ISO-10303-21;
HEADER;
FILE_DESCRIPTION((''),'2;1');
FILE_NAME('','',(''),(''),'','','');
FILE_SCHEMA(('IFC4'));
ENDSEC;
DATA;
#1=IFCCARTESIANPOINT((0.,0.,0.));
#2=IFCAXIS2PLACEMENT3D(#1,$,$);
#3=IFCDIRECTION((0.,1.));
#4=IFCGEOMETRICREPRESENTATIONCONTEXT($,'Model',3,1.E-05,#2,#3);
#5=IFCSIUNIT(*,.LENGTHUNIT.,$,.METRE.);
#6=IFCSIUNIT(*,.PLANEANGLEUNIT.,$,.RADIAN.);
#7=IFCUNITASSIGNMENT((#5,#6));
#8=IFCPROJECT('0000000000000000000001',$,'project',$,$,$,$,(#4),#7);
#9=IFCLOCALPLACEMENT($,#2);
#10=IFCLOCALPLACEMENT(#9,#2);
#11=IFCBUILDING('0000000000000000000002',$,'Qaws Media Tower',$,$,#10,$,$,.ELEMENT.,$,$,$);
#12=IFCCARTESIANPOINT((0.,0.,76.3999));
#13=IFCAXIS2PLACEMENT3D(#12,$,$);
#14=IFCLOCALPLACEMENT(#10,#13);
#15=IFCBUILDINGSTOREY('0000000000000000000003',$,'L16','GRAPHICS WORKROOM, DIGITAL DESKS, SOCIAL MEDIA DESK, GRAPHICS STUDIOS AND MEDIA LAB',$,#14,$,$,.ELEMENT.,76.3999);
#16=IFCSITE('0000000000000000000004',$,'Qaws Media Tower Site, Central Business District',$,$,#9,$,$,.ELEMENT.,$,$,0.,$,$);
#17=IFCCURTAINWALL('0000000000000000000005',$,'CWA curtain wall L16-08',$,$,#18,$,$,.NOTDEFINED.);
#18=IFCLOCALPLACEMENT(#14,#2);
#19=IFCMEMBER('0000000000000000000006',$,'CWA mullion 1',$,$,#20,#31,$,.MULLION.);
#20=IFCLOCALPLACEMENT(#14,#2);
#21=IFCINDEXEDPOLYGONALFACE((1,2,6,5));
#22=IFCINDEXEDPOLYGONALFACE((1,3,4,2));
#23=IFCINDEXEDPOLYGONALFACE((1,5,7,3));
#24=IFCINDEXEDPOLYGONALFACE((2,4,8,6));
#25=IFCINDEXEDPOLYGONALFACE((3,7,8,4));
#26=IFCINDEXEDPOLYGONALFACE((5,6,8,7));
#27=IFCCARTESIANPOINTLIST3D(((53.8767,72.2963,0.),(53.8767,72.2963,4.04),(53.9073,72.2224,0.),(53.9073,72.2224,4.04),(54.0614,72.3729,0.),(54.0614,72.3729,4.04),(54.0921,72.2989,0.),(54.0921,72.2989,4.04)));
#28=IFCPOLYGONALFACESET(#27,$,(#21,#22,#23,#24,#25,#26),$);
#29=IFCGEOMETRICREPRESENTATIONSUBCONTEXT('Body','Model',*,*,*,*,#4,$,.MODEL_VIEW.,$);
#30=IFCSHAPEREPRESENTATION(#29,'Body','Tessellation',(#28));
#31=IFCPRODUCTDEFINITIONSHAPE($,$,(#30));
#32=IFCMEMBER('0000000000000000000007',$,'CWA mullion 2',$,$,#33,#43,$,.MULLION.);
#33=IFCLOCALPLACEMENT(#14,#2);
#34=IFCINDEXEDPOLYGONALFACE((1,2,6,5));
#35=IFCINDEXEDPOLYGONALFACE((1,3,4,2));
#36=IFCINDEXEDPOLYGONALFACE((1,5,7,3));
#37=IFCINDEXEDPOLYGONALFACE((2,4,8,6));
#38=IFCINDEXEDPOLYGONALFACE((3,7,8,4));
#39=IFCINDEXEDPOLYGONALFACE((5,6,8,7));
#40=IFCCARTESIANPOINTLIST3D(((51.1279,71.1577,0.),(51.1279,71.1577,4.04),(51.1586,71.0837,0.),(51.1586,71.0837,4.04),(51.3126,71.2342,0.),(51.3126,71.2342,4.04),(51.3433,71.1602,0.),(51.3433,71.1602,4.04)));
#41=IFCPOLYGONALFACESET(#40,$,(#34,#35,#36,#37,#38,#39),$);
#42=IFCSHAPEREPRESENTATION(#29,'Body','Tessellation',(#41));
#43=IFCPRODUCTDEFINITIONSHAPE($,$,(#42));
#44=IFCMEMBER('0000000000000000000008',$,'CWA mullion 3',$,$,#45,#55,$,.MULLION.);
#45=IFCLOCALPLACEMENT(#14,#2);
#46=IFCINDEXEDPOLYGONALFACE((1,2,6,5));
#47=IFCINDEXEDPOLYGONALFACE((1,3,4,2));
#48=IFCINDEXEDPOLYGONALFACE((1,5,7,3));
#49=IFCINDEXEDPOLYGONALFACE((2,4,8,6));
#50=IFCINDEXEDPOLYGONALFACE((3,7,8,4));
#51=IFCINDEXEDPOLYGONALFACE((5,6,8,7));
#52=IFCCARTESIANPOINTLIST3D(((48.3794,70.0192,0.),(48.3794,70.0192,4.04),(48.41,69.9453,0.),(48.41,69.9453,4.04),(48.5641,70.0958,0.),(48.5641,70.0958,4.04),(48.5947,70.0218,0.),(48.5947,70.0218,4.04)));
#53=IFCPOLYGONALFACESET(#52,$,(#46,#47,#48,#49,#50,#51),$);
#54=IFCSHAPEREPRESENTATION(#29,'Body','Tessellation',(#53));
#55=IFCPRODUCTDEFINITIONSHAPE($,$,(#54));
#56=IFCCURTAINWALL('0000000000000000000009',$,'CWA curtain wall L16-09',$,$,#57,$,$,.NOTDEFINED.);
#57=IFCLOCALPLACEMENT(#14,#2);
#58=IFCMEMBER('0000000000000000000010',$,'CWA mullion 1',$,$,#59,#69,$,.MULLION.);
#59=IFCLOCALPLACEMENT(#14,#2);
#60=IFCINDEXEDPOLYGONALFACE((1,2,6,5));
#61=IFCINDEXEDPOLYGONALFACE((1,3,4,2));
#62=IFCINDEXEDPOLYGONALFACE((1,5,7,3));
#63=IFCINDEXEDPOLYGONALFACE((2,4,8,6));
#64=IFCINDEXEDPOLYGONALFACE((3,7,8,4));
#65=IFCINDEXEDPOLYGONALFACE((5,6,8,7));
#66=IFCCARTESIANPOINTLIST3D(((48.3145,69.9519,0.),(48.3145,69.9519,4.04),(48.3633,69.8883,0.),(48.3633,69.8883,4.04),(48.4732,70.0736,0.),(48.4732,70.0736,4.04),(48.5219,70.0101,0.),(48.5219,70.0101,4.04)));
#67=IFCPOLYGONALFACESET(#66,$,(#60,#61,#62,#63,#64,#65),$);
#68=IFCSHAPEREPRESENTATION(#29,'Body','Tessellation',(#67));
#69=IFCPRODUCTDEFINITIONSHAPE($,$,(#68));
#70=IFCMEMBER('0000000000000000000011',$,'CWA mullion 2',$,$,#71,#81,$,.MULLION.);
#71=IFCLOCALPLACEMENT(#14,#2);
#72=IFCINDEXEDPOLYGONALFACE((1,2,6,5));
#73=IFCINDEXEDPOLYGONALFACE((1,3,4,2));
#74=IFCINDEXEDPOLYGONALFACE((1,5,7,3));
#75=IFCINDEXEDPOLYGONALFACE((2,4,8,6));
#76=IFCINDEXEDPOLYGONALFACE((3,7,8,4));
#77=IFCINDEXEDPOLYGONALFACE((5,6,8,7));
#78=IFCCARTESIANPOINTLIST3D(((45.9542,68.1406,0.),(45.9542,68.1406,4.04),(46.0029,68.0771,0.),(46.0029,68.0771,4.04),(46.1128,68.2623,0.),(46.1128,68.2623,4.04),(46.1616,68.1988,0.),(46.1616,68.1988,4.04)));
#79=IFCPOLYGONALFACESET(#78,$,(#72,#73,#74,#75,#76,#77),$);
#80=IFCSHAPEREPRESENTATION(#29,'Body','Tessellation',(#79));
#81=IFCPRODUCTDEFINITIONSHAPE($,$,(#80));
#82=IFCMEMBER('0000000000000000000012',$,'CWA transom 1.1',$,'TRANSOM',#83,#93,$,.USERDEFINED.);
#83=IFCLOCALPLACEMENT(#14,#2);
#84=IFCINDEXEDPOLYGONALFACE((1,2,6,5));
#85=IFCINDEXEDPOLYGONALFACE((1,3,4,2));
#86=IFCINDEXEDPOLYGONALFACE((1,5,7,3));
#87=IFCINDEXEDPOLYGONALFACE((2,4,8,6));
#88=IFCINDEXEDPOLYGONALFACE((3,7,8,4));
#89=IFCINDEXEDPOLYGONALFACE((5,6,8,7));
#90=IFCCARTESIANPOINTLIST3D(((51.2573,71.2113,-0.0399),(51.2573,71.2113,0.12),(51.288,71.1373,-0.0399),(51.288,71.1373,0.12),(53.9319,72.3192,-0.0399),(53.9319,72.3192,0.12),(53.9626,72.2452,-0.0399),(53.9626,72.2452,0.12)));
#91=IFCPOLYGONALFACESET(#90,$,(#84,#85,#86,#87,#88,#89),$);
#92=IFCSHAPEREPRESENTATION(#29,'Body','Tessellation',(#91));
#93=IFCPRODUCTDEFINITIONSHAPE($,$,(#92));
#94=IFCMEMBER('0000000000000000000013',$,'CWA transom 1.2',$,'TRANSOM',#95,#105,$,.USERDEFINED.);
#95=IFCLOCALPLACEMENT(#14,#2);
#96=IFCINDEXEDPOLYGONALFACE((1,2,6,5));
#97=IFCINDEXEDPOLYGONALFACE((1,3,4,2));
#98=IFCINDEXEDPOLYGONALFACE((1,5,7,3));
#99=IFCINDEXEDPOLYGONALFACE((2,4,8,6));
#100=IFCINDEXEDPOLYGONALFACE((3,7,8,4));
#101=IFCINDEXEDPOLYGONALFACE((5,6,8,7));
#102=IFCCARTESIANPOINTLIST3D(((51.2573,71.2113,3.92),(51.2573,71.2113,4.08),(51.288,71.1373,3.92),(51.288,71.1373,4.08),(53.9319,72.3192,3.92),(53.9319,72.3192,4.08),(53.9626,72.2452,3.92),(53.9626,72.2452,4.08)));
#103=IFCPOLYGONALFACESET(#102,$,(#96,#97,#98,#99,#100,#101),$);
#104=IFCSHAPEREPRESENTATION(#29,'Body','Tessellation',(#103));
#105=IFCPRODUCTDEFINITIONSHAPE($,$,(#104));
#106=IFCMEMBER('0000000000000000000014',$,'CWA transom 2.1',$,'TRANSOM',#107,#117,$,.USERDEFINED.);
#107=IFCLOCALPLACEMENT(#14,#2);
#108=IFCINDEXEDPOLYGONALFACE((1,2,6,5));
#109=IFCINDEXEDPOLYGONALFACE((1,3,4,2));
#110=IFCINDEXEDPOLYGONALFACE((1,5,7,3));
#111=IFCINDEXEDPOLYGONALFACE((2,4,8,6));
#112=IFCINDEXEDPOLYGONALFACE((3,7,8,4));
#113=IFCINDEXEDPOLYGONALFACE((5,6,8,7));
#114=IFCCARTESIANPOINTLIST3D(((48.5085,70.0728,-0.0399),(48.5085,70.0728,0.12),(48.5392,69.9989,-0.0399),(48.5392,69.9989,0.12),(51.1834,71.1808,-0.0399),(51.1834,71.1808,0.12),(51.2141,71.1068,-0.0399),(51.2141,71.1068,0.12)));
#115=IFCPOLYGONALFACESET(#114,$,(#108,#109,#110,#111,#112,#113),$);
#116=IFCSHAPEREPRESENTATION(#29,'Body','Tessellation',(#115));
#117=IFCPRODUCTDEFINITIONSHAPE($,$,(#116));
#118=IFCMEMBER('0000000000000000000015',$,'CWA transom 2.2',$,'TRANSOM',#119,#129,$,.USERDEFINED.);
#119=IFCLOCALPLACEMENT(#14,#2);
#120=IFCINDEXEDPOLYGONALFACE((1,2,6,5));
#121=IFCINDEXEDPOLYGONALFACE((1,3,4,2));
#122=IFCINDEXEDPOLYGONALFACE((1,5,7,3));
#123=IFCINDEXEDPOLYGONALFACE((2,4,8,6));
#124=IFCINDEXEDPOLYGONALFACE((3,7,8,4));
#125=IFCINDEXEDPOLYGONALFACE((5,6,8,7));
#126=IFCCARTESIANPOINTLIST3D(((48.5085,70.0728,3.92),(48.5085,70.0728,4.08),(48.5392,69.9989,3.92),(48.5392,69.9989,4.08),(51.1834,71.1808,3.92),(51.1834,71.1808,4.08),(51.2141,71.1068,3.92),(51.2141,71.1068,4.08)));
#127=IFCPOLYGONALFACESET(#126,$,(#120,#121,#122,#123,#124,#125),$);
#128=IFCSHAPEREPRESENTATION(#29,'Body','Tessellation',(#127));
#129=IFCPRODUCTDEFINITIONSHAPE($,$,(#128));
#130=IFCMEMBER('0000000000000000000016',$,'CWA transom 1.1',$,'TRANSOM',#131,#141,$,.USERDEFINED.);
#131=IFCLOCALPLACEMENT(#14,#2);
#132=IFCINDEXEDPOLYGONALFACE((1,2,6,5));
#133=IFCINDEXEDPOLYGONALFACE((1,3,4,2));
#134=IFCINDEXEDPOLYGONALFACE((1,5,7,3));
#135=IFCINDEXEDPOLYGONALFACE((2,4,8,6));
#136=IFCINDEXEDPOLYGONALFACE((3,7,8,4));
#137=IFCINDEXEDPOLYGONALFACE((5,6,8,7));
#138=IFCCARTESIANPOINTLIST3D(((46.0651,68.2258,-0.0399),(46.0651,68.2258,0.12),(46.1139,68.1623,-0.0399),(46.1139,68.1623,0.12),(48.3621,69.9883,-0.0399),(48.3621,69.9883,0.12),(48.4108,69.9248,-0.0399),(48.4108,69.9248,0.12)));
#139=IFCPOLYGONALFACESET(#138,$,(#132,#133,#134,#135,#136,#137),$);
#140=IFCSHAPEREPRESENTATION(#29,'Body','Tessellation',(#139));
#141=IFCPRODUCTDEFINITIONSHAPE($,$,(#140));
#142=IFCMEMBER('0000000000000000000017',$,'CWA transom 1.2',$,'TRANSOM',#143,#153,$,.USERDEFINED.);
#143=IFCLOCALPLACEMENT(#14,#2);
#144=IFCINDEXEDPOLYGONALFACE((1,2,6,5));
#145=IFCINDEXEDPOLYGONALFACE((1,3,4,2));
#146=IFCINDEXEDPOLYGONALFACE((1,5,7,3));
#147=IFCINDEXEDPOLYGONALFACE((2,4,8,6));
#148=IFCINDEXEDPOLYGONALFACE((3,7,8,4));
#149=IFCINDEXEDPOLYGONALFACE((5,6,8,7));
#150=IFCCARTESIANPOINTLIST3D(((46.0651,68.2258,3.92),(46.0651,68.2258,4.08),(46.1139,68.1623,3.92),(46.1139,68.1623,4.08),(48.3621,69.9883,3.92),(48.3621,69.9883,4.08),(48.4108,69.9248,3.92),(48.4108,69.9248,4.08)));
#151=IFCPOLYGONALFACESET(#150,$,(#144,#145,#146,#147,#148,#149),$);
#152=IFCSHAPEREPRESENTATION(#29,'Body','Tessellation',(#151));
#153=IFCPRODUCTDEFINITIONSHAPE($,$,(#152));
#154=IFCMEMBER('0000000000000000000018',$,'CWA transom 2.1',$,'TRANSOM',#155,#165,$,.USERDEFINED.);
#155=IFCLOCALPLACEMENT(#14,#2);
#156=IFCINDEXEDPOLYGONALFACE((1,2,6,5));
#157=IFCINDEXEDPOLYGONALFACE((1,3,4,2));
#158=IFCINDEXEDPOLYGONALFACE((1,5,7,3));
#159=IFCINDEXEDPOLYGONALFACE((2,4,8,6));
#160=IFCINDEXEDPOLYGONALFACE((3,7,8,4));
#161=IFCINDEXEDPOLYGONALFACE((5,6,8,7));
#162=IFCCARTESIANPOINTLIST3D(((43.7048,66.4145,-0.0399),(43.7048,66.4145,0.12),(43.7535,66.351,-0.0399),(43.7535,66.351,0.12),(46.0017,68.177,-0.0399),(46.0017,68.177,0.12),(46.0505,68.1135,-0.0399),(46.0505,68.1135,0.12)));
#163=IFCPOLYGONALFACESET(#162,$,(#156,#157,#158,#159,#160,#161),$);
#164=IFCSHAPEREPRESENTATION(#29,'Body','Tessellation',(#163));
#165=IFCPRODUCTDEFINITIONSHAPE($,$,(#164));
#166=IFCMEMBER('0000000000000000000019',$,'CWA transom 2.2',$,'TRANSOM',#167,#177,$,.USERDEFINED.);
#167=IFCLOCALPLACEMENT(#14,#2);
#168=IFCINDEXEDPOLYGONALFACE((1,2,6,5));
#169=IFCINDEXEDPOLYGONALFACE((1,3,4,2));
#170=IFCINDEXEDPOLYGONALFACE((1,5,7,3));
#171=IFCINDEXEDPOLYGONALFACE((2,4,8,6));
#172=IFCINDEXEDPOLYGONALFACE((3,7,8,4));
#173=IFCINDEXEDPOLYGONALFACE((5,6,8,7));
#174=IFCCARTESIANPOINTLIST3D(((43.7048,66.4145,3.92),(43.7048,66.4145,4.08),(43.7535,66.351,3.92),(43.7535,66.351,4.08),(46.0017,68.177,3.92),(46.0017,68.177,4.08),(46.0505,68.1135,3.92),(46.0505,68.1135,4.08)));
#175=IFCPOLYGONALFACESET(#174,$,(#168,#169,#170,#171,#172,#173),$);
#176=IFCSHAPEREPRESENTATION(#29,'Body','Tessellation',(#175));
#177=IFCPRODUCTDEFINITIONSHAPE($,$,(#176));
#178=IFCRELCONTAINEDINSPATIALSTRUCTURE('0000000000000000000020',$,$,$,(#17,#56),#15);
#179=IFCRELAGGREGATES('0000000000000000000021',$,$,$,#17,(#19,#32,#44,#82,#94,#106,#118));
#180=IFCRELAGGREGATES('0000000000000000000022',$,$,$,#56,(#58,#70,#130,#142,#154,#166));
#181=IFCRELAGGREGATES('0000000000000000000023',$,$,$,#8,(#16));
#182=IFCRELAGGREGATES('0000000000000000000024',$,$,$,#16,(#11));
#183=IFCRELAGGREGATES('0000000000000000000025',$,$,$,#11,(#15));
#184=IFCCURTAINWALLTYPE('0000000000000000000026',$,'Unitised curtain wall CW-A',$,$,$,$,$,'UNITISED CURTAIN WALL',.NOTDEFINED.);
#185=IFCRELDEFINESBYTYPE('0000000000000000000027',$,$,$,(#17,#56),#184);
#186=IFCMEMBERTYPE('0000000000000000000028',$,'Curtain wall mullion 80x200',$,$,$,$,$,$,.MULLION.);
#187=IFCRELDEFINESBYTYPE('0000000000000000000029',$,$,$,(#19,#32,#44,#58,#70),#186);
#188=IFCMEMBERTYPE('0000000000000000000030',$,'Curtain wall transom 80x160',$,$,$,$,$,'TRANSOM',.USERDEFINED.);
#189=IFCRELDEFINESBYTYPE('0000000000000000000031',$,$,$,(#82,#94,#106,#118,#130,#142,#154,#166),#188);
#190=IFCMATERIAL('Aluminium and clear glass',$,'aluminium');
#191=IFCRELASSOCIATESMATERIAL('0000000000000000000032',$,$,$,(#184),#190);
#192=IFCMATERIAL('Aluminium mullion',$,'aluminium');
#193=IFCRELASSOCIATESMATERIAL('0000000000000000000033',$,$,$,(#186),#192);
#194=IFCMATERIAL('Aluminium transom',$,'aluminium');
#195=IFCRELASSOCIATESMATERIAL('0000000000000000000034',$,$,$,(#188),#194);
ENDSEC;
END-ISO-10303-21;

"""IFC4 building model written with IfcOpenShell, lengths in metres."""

from ifc_helpers import new_model, si_unit, direction, frame, origin, origin_2d, place, context, subcontext, project, spatial, rectangle, extrude, material, material_profile, profile_set, type_object, element, aggregate, save


model = new_model("IFC4")

# Units and contexts
model_context = context("Model", 3, precision=1e-05, world=origin(), true_north=direction((0.0, 1.0)))
body_context = subcontext(model_context, "Body", "Model", "MODEL_VIEW")
ifc_project = project(units=[si_unit("LENGTHUNIT", "METRE"), si_unit("PLANEANGLEUNIT", "RADIAN")], contexts=[model_context])

# Site, building, storey
site_placement = place(None, origin())
site = spatial("IfcSite", under=ifc_project, at=site_placement, Name="Qaws Media Tower Site, Central Business District", CompositionType="ELEMENT", RefElevation=0.0)
building_placement = place(site_placement, origin())
building = spatial("IfcBuilding", under=site, at=building_placement, Name="Qaws Media Tower", CompositionType="ELEMENT")
storey_placement = place(building_placement, frame((0.0, 0.0, 76.3999)))
storey = spatial("IfcBuildingStorey", under=building, at=storey_placement, Name="L16", Description="GRAPHICS WORKROOM, DIGITAL DESKS, SOCIAL MEDIA DESK, GRAPHICS STUDIOS AND MEDIA LAB", CompositionType="ELEMENT", Elevation=76.3999)

# Curtain walls, members
ifc_material_1 = material(Name="Aluminium and clear glass", Category="aluminium")
curtain_wall_type = type_object("IfcCurtainWallType", Name="Unitised curtain wall CW-A", ElementType="UNITISED CURTAIN WALL", PredefinedType="NOTDEFINED", material=ifc_material_1)
curtain_wall_1_placement = place(storey_placement, origin())
curtain_wall_1 = element("IfcCurtainWall", 1, at=curtain_wall_1_placement, inside=storey, type_object=curtain_wall_type, Name="CWA curtain wall L16-08", PredefinedType="NOTDEFINED")
ifc_material_2 = material(Name="Aluminium mullion", Category="aluminium")
ifc_material_profile_1 = material_profile(ifc_material_2, rectangle(XDim=0.0801, YDim=0.2, at=origin_2d()), Name="80x200")
ifc_profile_set_1 = profile_set([ifc_material_profile_1], Name="Aluminium mullion")
member_type_1 = type_object("IfcMemberType", Name="Curtain wall mullion 80x200", PredefinedType="MULLION", material=ifc_profile_set_1)
member_1_placement = place(storey_placement, frame((53.9844, 72.2976, 0.0), z_axis=(0.0, 0.0, 1.0), x_axis=(0.382683, -0.92388, 0.0)))
member_1 = element("IfcMember", 2, at=member_1_placement, type_object=member_type_1, Name="CWA mullion 1", PredefinedType="MULLION", context=body_context, shape_type="SweptSolid", body=[
    extrude(rectangle(XDim=0.0801, YDim=0.2, at=origin_2d()), origin(), (0.0, 0.0, 1.0), 4.04),
])
member_2_placement = place(storey_placement, frame((51.2356, 71.1589, 0.0), z_axis=(0.0, 0.0, 1.0), x_axis=(0.382683, -0.92388, 0.0)))
member_2 = element("IfcMember", 3, at=member_2_placement, type_object=member_type_1, Name="CWA mullion 2", PredefinedType="MULLION", context=body_context, shape_type="SweptSolid", body=[
    extrude(rectangle(XDim=0.0801, YDim=0.2, at=origin_2d()), origin(), (0.0, 0.0, 1.0), 4.04),
])
member_3_placement = place(storey_placement, frame((48.4871, 70.0205, 0.0), z_axis=(0.0, 0.0, 1.0), x_axis=(0.382683, -0.92388, 0.0)))
member_3 = element("IfcMember", 4, at=member_3_placement, type_object=member_type_1, Name="CWA mullion 3", PredefinedType="MULLION", context=body_context, shape_type="SweptSolid", body=[
    extrude(rectangle(XDim=0.0801, YDim=0.2, at=origin_2d()), origin(), (0.0, 0.0, 1.0), 4.04),
])
curtain_wall_2_placement = place(storey_placement, origin())
curtain_wall_2 = element("IfcCurtainWall", 5, at=curtain_wall_2_placement, inside=storey, type_object=curtain_wall_type, Name="CWA curtain wall L16-09", PredefinedType="NOTDEFINED")
member_4_placement = place(storey_placement, frame((48.4182, 69.981, 0.0), z_axis=(0.0, 0.0, 1.0), x_axis=(0.608761, -0.793353, 0.0)))
member_4 = element("IfcMember", 6, at=member_4_placement, type_object=member_type_1, Name="CWA mullion 1", PredefinedType="MULLION", context=body_context, shape_type="SweptSolid", body=[
    extrude(rectangle(XDim=0.0801, YDim=0.2, at=origin_2d()), origin(), (0.0, 0.0, 1.0), 4.04),
])
member_5_placement = place(storey_placement, frame((46.0579, 68.1697, 0.0), z_axis=(0.0, 0.0, 1.0), x_axis=(0.608761, -0.793353, 0.0)))
member_5 = element("IfcMember", 7, at=member_5_placement, type_object=member_type_1, Name="CWA mullion 2", PredefinedType="MULLION", context=body_context, shape_type="SweptSolid", body=[
    extrude(rectangle(XDim=0.0801, YDim=0.2, at=origin_2d()), origin(), (0.0, 0.0, 1.0), 4.04),
])

# Members
ifc_material_3 = material(Name="Aluminium transom", Category="aluminium")
ifc_material_profile_2 = material_profile(ifc_material_3, rectangle(XDim=0.0801, YDim=0.1599, at=origin_2d()), Name="80x160")
ifc_profile_set_2 = profile_set([ifc_material_profile_2], Name="Aluminium transom")
member_type_2 = type_object("IfcMemberType", Name="Curtain wall transom 80x160", ElementType="TRANSOM", PredefinedType="USERDEFINED", material=ifc_profile_set_2)
member_6_placement = place(storey_placement, frame((53.9473, 72.2822, 0.04), z_axis=(-0.923871, -0.382704, 0.0), x_axis=(0.382704, -0.923871, 0.0)))
member_6 = element("IfcMember", 8, at=member_6_placement, type_object=member_type_2, Name="CWA transom 1.1", ObjectType="TRANSOM", PredefinedType="USERDEFINED", context=body_context, shape_type="SweptSolid", body=[
    extrude(rectangle(XDim=0.0801, YDim=0.1599, at=origin_2d()), origin(), (0.0, 0.0, 1.0), 2.895),
])
member_7_placement = place(storey_placement, frame((53.9473, 72.2822, 4.0), z_axis=(-0.923871, -0.382704, 0.0), x_axis=(0.382704, -0.923871, 0.0)))
member_7 = element("IfcMember", 9, at=member_7_placement, type_object=member_type_2, Name="CWA transom 1.2", ObjectType="TRANSOM", PredefinedType="USERDEFINED", context=body_context, shape_type="SweptSolid", body=[
    extrude(rectangle(XDim=0.0801, YDim=0.1599, at=origin_2d()), origin(), (0.0, 0.0, 1.0), 2.895),
])
member_8_placement = place(storey_placement, frame((51.1987, 71.1438, 0.04), z_axis=(-0.923883, -0.382675, 0.0), x_axis=(0.382675, -0.923883, 0.0)))
member_8 = element("IfcMember", 10, at=member_8_placement, type_object=member_type_2, Name="CWA transom 2.1", ObjectType="TRANSOM", PredefinedType="USERDEFINED", context=body_context, shape_type="SweptSolid", body=[
    extrude(rectangle(XDim=0.0801, YDim=0.1599, at=origin_2d()), origin(), (0.0, 0.0, 1.0), 2.8953),
])
member_9_placement = place(storey_placement, frame((51.1987, 71.1438, 4.0), z_axis=(-0.923883, -0.382675, 0.0), x_axis=(0.382675, -0.923883, 0.0)))
member_9 = element("IfcMember", 11, at=member_9_placement, type_object=member_type_2, Name="CWA transom 2.2", ObjectType="TRANSOM", PredefinedType="USERDEFINED", context=body_context, shape_type="SweptSolid", body=[
    extrude(rectangle(XDim=0.0801, YDim=0.1599, at=origin_2d()), origin(), (0.0, 0.0, 1.0), 2.8953),
])
member_10_placement = place(storey_placement, frame((48.3865, 69.9565, 0.04), z_axis=(-0.793354, -0.608761, 0.0), x_axis=(0.608761, -0.793354, 0.0)))
member_10 = element("IfcMember", 12, at=member_10_placement, type_object=member_type_2, Name="CWA transom 1.1", ObjectType="TRANSOM", PredefinedType="USERDEFINED", context=body_context, shape_type="SweptSolid", body=[
    extrude(rectangle(XDim=0.0801, YDim=0.1599, at=origin_2d()), origin(), (0.0, 0.0, 1.0), 2.8953),
])
member_11_placement = place(storey_placement, frame((48.3865, 69.9565, 4.0), z_axis=(-0.793354, -0.608761, 0.0), x_axis=(0.608761, -0.793354, 0.0)))
member_11 = element("IfcMember", 13, at=member_11_placement, type_object=member_type_2, Name="CWA transom 1.2", ObjectType="TRANSOM", PredefinedType="USERDEFINED", context=body_context, shape_type="SweptSolid", body=[
    extrude(rectangle(XDim=0.0801, YDim=0.1599, at=origin_2d()), origin(), (0.0, 0.0, 1.0), 2.8953),
])
member_12_placement = place(storey_placement, frame((46.0261, 68.1453, 0.04), z_axis=(-0.793354, -0.608761, 0.0), x_axis=(0.608761, -0.793354, 0.0)))
member_12 = element("IfcMember", 14, at=member_12_placement, type_object=member_type_2, Name="CWA transom 2.1", ObjectType="TRANSOM", PredefinedType="USERDEFINED", context=body_context, shape_type="SweptSolid", body=[
    extrude(rectangle(XDim=0.0801, YDim=0.1599, at=origin_2d()), origin(), (0.0, 0.0, 1.0), 2.8953),
])
member_13_placement = place(storey_placement, frame((46.0261, 68.1453, 4.0), z_axis=(-0.793354, -0.608761, 0.0), x_axis=(0.608761, -0.793354, 0.0)))
member_13 = element("IfcMember", 15, at=member_13_placement, type_object=member_type_2, Name="CWA transom 2.2", ObjectType="TRANSOM", PredefinedType="USERDEFINED", context=body_context, shape_type="SweptSolid", body=[
    extrude(rectangle(XDim=0.0801, YDim=0.1599, at=origin_2d()), origin(), (0.0, 0.0, 1.0), 2.8953),
])

aggregate(curtain_wall_1, [member_1, member_2, member_3, member_6, member_7, member_8, member_9])
aggregate(curtain_wall_2, [member_4, member_5, member_10, member_11, member_12, member_13])

save(model, "model.ifc")
